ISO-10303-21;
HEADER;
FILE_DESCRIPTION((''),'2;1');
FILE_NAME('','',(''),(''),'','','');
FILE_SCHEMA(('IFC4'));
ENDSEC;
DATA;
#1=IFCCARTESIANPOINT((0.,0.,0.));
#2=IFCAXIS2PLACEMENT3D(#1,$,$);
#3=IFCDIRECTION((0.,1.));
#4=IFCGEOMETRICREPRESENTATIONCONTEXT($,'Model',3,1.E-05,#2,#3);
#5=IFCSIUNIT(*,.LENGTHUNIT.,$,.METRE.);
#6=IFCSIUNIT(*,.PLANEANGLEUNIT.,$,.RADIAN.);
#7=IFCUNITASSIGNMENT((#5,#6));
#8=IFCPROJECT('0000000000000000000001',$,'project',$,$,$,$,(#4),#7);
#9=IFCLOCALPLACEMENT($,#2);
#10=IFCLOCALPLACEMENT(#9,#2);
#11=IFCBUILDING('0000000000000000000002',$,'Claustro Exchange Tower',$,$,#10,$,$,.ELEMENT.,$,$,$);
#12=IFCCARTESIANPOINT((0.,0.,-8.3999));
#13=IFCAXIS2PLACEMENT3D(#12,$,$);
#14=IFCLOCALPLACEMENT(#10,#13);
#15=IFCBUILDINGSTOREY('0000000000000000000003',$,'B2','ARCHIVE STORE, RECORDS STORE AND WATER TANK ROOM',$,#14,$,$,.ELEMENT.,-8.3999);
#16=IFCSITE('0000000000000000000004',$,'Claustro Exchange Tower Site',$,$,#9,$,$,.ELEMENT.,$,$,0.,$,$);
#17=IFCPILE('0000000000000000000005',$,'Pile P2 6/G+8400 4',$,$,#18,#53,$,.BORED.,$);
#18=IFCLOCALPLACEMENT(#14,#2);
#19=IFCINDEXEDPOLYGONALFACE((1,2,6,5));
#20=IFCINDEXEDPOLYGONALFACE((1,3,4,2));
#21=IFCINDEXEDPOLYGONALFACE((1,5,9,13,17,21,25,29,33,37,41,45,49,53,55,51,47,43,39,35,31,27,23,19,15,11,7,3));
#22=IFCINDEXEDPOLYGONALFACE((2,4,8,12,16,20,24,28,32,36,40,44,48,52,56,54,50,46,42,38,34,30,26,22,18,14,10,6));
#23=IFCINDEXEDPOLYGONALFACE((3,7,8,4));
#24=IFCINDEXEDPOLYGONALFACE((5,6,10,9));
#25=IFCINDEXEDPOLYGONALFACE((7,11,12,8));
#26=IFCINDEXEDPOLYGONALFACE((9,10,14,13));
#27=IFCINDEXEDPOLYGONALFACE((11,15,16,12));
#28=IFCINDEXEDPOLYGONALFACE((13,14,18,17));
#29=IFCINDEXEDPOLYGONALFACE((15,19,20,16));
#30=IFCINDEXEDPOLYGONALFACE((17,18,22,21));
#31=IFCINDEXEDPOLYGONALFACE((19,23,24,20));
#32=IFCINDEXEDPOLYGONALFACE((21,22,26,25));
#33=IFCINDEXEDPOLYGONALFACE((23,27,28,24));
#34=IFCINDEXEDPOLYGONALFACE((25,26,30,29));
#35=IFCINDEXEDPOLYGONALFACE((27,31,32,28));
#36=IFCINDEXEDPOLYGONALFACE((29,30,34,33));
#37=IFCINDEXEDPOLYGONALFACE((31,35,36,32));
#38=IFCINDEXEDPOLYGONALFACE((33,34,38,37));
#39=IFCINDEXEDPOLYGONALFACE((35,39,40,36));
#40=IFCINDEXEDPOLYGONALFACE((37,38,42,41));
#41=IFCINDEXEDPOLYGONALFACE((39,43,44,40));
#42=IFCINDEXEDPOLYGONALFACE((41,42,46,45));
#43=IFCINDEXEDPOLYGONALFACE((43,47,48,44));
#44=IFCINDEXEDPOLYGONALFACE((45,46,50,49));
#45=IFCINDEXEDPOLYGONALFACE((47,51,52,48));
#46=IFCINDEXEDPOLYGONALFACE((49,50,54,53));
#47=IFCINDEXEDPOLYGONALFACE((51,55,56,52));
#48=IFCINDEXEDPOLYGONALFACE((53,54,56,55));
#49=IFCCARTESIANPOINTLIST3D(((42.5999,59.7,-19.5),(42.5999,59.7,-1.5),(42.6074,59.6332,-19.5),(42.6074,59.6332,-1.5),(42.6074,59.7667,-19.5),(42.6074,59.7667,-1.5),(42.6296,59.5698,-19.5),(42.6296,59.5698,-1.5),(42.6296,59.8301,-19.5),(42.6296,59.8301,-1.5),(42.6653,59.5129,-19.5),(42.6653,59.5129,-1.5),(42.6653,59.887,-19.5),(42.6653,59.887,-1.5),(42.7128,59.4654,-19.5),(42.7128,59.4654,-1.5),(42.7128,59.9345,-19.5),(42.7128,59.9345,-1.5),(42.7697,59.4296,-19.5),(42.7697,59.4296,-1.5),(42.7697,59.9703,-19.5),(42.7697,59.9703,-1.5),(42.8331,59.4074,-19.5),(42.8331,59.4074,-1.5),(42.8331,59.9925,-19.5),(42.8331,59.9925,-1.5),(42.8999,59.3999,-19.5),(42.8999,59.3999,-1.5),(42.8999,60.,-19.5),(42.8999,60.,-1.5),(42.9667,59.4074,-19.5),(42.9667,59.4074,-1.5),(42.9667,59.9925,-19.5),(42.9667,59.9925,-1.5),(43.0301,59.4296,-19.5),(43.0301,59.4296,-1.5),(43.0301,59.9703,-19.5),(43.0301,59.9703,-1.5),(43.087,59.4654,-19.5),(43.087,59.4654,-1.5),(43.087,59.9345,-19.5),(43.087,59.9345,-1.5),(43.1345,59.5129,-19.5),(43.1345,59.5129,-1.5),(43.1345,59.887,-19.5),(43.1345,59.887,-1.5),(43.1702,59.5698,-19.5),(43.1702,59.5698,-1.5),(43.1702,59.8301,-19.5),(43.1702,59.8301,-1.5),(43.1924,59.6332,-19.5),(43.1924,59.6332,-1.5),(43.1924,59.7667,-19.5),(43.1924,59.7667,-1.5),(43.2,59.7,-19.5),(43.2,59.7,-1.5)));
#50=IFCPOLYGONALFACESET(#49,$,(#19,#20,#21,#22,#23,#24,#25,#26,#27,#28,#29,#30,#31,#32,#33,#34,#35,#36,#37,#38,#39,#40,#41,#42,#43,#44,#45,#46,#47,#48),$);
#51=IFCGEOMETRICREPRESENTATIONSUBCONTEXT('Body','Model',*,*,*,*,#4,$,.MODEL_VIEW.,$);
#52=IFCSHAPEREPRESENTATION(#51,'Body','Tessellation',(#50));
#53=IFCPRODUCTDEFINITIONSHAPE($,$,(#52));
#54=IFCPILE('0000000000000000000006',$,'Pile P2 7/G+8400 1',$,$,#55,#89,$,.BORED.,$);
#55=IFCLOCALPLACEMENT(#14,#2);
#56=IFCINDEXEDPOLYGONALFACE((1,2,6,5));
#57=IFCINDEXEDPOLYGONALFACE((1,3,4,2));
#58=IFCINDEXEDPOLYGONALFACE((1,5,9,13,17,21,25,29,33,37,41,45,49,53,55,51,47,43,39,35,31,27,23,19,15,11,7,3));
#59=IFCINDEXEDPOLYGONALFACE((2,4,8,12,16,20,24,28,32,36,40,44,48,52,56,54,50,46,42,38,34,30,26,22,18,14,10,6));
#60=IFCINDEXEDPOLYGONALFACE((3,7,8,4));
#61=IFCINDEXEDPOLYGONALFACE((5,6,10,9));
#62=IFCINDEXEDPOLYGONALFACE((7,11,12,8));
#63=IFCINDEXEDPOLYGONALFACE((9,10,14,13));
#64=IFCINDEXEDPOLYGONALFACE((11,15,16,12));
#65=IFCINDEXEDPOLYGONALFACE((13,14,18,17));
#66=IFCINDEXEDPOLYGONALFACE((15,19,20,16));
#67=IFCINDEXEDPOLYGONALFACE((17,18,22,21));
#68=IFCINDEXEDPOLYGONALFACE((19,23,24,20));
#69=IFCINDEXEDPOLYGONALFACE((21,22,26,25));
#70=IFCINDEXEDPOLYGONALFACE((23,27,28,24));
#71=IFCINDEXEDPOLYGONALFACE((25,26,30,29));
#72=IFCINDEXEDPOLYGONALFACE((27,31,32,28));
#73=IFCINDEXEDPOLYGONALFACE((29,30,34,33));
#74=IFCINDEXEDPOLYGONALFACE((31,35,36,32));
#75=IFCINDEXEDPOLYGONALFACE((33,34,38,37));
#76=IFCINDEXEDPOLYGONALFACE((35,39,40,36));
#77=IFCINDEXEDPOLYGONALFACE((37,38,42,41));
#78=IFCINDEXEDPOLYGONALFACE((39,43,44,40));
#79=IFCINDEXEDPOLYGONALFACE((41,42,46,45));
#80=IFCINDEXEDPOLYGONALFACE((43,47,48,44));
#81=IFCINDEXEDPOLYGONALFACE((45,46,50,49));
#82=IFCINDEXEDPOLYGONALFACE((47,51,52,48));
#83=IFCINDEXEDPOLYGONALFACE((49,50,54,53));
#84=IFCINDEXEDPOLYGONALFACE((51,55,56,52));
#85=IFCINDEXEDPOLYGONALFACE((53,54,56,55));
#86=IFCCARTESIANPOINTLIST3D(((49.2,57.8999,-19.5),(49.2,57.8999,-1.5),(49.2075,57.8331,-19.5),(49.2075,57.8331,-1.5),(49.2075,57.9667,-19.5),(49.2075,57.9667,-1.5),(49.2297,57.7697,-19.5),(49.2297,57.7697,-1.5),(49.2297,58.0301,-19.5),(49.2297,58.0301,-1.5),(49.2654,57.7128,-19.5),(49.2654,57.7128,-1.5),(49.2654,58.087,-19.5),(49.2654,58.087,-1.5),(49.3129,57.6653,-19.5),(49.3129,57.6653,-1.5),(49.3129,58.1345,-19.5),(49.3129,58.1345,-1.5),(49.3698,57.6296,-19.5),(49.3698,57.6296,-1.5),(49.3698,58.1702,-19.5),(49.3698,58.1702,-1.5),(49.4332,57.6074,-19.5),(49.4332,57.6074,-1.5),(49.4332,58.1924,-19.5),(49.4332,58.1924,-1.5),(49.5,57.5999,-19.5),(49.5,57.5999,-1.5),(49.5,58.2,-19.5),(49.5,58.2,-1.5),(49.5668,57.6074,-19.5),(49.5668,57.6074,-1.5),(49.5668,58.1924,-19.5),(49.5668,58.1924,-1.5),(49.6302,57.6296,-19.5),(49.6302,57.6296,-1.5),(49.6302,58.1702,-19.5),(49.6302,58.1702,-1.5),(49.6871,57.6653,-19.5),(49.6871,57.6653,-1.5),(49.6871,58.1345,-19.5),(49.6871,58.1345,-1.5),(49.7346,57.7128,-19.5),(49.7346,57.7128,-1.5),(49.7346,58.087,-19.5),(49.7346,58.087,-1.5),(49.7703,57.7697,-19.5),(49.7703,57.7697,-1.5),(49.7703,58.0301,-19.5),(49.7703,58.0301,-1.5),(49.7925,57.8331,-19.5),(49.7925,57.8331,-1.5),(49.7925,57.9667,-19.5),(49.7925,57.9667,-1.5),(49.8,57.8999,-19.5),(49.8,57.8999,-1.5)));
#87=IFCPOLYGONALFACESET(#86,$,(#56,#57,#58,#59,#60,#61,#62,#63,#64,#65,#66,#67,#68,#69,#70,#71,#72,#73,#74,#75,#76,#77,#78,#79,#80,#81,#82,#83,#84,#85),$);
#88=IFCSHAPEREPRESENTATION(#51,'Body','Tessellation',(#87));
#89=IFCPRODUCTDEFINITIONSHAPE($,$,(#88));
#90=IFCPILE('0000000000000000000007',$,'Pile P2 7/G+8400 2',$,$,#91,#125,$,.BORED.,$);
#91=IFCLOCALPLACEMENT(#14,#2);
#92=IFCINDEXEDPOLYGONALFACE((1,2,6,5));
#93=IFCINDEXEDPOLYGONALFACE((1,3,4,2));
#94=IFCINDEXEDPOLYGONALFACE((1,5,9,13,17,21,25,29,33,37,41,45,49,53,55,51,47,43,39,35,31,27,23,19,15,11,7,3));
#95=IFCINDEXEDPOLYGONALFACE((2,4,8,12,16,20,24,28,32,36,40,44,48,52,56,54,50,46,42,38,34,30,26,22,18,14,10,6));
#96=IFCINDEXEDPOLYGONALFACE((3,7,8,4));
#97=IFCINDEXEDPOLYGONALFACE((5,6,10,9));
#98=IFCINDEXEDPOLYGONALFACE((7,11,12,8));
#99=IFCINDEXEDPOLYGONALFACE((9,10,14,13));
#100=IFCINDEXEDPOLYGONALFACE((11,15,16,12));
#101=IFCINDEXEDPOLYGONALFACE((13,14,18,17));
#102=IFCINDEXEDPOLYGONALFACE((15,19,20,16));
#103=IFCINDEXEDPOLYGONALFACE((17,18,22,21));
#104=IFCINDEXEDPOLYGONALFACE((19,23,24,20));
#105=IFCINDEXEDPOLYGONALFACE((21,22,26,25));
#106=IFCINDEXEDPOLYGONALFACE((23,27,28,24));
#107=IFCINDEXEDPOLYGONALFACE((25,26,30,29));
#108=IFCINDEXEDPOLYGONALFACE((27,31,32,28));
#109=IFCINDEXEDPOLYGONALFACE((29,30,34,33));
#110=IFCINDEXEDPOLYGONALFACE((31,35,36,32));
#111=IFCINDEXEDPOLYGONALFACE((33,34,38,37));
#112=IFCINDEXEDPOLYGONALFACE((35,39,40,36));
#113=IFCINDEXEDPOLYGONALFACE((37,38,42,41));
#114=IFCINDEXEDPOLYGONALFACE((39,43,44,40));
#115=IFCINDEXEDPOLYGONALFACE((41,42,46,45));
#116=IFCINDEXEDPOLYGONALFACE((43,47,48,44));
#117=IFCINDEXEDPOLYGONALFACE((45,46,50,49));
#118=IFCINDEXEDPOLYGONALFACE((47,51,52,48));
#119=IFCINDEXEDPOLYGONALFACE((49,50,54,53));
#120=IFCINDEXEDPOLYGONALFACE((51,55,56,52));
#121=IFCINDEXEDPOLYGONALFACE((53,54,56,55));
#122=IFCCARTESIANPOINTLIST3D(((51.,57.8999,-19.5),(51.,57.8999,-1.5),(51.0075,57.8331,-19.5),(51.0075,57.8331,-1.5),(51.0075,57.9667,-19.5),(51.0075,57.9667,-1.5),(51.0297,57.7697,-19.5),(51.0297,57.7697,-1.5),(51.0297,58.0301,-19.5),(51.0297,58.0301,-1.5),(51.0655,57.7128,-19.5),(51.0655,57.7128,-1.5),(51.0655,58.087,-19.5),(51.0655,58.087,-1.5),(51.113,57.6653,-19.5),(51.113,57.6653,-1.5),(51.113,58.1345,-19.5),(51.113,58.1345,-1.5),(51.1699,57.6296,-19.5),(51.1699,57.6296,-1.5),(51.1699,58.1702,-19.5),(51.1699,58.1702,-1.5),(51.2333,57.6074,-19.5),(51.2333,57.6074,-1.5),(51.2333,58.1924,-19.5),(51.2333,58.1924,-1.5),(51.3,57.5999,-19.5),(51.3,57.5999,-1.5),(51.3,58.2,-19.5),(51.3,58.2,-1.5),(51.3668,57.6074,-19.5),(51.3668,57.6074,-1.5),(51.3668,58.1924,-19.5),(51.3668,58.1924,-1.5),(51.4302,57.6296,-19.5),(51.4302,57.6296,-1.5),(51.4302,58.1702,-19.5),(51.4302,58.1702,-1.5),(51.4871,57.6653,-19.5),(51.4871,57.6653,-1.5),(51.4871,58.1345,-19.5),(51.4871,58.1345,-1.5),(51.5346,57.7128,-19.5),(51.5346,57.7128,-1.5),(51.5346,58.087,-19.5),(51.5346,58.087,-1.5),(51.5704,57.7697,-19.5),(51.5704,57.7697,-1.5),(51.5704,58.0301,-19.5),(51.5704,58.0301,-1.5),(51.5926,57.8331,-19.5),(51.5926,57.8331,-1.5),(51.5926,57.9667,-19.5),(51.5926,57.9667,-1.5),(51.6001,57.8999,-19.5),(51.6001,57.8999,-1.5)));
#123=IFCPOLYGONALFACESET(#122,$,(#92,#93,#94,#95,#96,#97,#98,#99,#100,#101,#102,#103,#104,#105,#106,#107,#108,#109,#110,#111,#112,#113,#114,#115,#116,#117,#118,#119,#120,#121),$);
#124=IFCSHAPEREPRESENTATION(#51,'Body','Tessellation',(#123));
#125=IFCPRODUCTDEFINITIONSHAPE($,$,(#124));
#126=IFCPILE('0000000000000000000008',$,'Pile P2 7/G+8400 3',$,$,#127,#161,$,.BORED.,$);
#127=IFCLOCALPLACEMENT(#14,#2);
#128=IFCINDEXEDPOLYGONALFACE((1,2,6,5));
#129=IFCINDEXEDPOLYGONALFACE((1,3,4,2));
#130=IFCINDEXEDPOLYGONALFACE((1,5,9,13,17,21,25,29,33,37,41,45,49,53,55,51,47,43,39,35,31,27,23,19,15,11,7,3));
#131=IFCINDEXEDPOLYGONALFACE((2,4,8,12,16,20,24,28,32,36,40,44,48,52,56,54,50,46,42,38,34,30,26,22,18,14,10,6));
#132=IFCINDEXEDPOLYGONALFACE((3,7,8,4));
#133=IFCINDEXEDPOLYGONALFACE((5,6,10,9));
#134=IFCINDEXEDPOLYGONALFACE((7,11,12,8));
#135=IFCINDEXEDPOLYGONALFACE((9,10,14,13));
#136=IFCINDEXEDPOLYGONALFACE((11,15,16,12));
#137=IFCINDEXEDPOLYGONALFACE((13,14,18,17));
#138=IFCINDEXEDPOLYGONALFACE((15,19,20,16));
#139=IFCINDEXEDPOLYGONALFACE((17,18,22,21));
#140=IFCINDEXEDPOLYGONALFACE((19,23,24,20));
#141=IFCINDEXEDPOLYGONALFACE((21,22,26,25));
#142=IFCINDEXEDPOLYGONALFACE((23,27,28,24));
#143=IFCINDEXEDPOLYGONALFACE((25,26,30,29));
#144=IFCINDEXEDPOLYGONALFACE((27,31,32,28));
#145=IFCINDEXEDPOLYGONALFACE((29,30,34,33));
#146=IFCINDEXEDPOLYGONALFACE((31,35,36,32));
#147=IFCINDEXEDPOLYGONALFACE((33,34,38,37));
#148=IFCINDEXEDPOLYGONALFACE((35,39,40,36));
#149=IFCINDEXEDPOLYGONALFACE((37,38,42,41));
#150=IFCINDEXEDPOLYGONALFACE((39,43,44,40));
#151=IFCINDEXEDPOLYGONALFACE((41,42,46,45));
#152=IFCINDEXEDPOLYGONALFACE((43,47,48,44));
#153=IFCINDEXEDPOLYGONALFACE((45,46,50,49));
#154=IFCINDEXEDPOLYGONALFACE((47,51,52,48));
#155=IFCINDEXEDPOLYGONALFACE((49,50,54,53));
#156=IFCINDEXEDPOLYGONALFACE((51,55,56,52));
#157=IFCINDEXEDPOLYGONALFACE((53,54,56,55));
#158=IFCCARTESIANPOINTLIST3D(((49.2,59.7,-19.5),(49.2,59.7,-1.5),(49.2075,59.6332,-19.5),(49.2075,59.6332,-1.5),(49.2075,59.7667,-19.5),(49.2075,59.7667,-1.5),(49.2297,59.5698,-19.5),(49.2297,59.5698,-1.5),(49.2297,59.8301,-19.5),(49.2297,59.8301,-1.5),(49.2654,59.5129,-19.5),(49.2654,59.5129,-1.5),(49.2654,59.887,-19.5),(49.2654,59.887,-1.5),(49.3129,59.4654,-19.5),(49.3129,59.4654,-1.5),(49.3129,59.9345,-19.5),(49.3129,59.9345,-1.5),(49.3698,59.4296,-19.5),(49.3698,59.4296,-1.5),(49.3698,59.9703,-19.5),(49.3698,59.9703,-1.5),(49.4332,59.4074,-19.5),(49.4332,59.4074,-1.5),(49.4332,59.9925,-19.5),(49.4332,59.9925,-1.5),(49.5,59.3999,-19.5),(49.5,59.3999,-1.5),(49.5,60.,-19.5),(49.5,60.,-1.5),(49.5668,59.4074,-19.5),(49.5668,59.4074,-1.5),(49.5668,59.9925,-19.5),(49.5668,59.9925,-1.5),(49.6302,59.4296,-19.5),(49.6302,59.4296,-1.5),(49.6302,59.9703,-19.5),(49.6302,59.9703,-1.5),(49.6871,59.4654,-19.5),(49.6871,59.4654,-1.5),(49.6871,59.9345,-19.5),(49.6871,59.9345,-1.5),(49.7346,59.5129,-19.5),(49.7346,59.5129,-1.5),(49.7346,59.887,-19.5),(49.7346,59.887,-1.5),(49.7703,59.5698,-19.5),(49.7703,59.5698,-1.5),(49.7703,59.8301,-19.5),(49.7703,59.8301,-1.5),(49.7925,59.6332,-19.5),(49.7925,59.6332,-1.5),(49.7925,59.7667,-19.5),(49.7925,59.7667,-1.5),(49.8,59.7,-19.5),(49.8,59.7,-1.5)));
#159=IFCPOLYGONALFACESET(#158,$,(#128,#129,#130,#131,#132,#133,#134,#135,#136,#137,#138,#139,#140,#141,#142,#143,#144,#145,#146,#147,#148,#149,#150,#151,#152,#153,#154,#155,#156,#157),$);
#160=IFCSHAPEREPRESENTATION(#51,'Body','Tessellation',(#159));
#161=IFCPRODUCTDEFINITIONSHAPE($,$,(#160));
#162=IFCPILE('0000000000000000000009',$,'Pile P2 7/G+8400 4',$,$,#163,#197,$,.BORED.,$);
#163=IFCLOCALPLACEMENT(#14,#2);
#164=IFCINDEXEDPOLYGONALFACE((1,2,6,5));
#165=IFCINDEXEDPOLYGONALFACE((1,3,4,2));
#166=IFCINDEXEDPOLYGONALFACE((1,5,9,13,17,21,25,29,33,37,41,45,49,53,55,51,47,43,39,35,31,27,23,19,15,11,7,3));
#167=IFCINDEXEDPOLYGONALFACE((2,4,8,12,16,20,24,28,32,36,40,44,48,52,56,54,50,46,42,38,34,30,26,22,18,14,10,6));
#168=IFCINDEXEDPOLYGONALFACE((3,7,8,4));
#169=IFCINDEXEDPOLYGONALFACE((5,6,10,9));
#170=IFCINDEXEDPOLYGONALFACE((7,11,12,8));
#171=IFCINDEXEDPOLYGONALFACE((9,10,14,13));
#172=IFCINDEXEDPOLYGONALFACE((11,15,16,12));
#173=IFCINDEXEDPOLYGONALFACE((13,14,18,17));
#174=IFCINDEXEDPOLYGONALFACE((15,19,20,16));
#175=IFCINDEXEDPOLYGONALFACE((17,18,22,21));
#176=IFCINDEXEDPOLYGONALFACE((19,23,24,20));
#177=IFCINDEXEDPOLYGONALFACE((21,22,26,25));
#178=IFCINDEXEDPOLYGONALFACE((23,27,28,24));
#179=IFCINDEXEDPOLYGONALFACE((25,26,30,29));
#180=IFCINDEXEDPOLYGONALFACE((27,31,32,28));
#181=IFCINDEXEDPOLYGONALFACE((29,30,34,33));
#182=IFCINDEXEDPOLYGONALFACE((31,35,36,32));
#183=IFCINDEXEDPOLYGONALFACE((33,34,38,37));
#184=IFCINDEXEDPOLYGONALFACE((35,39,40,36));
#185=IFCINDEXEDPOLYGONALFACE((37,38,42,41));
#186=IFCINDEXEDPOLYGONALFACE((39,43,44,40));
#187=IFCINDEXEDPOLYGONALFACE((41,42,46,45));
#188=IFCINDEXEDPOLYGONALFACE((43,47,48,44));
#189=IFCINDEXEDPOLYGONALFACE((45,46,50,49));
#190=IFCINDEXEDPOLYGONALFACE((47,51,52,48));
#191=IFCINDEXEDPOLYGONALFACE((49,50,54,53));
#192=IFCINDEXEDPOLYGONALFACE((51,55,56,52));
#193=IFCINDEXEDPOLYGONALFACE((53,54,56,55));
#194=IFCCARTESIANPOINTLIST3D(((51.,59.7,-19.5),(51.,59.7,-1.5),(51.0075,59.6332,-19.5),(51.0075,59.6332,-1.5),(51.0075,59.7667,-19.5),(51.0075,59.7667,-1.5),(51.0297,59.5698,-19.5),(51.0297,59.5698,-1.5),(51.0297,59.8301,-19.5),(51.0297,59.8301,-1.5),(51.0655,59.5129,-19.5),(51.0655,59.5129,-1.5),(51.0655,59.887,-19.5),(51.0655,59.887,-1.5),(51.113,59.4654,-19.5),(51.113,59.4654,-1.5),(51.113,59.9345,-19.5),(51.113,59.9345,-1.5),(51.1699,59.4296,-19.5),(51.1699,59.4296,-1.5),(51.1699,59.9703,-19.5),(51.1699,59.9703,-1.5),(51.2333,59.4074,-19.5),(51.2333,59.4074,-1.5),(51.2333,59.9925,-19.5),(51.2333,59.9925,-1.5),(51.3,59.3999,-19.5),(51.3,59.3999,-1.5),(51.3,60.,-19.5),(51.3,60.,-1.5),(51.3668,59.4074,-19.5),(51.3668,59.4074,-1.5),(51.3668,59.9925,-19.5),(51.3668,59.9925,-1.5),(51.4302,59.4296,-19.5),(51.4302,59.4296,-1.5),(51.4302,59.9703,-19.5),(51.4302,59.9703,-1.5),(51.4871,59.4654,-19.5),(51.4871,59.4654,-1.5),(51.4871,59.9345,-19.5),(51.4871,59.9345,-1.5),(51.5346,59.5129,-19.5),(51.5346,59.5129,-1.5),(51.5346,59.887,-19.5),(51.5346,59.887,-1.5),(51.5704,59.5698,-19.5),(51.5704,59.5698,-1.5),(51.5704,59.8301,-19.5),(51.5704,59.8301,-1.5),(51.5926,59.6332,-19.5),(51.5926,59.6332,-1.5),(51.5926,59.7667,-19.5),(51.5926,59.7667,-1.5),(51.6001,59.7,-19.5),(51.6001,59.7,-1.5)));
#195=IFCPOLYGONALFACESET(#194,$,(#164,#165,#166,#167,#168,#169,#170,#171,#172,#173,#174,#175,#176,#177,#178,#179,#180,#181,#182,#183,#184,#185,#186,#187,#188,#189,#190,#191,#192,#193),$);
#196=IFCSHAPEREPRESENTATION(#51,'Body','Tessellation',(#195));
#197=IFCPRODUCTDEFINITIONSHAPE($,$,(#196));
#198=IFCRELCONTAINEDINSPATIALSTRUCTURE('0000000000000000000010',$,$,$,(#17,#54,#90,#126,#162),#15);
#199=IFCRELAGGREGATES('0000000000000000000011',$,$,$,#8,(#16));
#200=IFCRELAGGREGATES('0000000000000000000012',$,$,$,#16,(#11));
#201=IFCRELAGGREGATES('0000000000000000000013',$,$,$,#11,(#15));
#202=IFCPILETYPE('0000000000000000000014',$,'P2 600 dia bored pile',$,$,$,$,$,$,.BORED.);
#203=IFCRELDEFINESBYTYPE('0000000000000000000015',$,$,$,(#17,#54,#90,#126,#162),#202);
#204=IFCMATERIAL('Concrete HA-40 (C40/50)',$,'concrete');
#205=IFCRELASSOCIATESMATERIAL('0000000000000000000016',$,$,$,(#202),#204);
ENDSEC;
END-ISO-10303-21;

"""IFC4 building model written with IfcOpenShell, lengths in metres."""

from ifc_helpers import new_model, si_unit, direction, frame, origin, origin_2d, place, context, subcontext, project, spatial, circle, extrude, material, type_object, element, save


model = new_model("IFC4")

# Units and contexts
model_context = context("Model", 3, precision=1e-05, world=origin(), true_north=direction((0.0, 1.0)))
body_context = subcontext(model_context, "Body", "Model", "MODEL_VIEW")
ifc_project = project(units=[si_unit("LENGTHUNIT", "METRE"), si_unit("PLANEANGLEUNIT", "RADIAN")], contexts=[model_context])

# Site, building, storey
site_placement = place(None, origin())
site = spatial("IfcSite", under=ifc_project, at=site_placement, Name="Claustro Exchange Tower Site", CompositionType="ELEMENT", RefElevation=0.0)
building_placement = place(site_placement, origin())
building = spatial("IfcBuilding", under=site, at=building_placement, Name="Claustro Exchange Tower", CompositionType="ELEMENT")
storey_placement = place(building_placement, frame((0.0, 0.0, -8.3999)))
storey = spatial("IfcBuildingStorey", under=building, at=storey_placement, Name="B2", Description="ARCHIVE STORE, RECORDS STORE AND WATER TANK ROOM", CompositionType="ELEMENT", Elevation=-8.3999)

# Piles
ifc_material_1 = material(Name="Concrete HA-40 (C40/50)", Category="concrete")
pile_type_1 = type_object("IfcPileType", Name="P2 600 dia bored pile", PredefinedType="BORED", material=ifc_material_1)
for number, where, z_axis, x_axis, name in (
    (1, (42.8999, 59.7, -1.5), (0.0, 0.0, -1.0), (1.0, 0.0, 0.0), "Pile P2 6/G+8400 4"),
    (2, (49.5, 57.8999, -1.5), (0.0, 0.0, -1.0), (1.0, 0.0, 0.0), "Pile P2 7/G+8400 1"),
    (3, (51.3, 57.8999, -1.5), (0.0, 0.0, -1.0), (1.0, 0.0, 0.0), "Pile P2 7/G+8400 2"),
    (4, (49.5, 59.7, -1.5), (0.0, 0.0, -1.0), (1.0, 0.0, 0.0), "Pile P2 7/G+8400 3"),
    (5, (51.3, 59.7, -1.5), (0.0, 0.0, -1.0), (1.0, 0.0, 0.0), "Pile P2 7/G+8400 4"),
):
    element("IfcPile", number, at=place(storey_placement, frame(where, z_axis=z_axis, x_axis=x_axis)), inside=storey, type_object=pile_type_1, Name=name, PredefinedType="BORED", context=body_context, shape_type="SweptSolid", body=[
        extrude(circle(Radius=0.3, at=origin_2d()), origin(), (0.0, 0.0, 1.0), 18.0),
    ])

save(model, "model.ifc")
